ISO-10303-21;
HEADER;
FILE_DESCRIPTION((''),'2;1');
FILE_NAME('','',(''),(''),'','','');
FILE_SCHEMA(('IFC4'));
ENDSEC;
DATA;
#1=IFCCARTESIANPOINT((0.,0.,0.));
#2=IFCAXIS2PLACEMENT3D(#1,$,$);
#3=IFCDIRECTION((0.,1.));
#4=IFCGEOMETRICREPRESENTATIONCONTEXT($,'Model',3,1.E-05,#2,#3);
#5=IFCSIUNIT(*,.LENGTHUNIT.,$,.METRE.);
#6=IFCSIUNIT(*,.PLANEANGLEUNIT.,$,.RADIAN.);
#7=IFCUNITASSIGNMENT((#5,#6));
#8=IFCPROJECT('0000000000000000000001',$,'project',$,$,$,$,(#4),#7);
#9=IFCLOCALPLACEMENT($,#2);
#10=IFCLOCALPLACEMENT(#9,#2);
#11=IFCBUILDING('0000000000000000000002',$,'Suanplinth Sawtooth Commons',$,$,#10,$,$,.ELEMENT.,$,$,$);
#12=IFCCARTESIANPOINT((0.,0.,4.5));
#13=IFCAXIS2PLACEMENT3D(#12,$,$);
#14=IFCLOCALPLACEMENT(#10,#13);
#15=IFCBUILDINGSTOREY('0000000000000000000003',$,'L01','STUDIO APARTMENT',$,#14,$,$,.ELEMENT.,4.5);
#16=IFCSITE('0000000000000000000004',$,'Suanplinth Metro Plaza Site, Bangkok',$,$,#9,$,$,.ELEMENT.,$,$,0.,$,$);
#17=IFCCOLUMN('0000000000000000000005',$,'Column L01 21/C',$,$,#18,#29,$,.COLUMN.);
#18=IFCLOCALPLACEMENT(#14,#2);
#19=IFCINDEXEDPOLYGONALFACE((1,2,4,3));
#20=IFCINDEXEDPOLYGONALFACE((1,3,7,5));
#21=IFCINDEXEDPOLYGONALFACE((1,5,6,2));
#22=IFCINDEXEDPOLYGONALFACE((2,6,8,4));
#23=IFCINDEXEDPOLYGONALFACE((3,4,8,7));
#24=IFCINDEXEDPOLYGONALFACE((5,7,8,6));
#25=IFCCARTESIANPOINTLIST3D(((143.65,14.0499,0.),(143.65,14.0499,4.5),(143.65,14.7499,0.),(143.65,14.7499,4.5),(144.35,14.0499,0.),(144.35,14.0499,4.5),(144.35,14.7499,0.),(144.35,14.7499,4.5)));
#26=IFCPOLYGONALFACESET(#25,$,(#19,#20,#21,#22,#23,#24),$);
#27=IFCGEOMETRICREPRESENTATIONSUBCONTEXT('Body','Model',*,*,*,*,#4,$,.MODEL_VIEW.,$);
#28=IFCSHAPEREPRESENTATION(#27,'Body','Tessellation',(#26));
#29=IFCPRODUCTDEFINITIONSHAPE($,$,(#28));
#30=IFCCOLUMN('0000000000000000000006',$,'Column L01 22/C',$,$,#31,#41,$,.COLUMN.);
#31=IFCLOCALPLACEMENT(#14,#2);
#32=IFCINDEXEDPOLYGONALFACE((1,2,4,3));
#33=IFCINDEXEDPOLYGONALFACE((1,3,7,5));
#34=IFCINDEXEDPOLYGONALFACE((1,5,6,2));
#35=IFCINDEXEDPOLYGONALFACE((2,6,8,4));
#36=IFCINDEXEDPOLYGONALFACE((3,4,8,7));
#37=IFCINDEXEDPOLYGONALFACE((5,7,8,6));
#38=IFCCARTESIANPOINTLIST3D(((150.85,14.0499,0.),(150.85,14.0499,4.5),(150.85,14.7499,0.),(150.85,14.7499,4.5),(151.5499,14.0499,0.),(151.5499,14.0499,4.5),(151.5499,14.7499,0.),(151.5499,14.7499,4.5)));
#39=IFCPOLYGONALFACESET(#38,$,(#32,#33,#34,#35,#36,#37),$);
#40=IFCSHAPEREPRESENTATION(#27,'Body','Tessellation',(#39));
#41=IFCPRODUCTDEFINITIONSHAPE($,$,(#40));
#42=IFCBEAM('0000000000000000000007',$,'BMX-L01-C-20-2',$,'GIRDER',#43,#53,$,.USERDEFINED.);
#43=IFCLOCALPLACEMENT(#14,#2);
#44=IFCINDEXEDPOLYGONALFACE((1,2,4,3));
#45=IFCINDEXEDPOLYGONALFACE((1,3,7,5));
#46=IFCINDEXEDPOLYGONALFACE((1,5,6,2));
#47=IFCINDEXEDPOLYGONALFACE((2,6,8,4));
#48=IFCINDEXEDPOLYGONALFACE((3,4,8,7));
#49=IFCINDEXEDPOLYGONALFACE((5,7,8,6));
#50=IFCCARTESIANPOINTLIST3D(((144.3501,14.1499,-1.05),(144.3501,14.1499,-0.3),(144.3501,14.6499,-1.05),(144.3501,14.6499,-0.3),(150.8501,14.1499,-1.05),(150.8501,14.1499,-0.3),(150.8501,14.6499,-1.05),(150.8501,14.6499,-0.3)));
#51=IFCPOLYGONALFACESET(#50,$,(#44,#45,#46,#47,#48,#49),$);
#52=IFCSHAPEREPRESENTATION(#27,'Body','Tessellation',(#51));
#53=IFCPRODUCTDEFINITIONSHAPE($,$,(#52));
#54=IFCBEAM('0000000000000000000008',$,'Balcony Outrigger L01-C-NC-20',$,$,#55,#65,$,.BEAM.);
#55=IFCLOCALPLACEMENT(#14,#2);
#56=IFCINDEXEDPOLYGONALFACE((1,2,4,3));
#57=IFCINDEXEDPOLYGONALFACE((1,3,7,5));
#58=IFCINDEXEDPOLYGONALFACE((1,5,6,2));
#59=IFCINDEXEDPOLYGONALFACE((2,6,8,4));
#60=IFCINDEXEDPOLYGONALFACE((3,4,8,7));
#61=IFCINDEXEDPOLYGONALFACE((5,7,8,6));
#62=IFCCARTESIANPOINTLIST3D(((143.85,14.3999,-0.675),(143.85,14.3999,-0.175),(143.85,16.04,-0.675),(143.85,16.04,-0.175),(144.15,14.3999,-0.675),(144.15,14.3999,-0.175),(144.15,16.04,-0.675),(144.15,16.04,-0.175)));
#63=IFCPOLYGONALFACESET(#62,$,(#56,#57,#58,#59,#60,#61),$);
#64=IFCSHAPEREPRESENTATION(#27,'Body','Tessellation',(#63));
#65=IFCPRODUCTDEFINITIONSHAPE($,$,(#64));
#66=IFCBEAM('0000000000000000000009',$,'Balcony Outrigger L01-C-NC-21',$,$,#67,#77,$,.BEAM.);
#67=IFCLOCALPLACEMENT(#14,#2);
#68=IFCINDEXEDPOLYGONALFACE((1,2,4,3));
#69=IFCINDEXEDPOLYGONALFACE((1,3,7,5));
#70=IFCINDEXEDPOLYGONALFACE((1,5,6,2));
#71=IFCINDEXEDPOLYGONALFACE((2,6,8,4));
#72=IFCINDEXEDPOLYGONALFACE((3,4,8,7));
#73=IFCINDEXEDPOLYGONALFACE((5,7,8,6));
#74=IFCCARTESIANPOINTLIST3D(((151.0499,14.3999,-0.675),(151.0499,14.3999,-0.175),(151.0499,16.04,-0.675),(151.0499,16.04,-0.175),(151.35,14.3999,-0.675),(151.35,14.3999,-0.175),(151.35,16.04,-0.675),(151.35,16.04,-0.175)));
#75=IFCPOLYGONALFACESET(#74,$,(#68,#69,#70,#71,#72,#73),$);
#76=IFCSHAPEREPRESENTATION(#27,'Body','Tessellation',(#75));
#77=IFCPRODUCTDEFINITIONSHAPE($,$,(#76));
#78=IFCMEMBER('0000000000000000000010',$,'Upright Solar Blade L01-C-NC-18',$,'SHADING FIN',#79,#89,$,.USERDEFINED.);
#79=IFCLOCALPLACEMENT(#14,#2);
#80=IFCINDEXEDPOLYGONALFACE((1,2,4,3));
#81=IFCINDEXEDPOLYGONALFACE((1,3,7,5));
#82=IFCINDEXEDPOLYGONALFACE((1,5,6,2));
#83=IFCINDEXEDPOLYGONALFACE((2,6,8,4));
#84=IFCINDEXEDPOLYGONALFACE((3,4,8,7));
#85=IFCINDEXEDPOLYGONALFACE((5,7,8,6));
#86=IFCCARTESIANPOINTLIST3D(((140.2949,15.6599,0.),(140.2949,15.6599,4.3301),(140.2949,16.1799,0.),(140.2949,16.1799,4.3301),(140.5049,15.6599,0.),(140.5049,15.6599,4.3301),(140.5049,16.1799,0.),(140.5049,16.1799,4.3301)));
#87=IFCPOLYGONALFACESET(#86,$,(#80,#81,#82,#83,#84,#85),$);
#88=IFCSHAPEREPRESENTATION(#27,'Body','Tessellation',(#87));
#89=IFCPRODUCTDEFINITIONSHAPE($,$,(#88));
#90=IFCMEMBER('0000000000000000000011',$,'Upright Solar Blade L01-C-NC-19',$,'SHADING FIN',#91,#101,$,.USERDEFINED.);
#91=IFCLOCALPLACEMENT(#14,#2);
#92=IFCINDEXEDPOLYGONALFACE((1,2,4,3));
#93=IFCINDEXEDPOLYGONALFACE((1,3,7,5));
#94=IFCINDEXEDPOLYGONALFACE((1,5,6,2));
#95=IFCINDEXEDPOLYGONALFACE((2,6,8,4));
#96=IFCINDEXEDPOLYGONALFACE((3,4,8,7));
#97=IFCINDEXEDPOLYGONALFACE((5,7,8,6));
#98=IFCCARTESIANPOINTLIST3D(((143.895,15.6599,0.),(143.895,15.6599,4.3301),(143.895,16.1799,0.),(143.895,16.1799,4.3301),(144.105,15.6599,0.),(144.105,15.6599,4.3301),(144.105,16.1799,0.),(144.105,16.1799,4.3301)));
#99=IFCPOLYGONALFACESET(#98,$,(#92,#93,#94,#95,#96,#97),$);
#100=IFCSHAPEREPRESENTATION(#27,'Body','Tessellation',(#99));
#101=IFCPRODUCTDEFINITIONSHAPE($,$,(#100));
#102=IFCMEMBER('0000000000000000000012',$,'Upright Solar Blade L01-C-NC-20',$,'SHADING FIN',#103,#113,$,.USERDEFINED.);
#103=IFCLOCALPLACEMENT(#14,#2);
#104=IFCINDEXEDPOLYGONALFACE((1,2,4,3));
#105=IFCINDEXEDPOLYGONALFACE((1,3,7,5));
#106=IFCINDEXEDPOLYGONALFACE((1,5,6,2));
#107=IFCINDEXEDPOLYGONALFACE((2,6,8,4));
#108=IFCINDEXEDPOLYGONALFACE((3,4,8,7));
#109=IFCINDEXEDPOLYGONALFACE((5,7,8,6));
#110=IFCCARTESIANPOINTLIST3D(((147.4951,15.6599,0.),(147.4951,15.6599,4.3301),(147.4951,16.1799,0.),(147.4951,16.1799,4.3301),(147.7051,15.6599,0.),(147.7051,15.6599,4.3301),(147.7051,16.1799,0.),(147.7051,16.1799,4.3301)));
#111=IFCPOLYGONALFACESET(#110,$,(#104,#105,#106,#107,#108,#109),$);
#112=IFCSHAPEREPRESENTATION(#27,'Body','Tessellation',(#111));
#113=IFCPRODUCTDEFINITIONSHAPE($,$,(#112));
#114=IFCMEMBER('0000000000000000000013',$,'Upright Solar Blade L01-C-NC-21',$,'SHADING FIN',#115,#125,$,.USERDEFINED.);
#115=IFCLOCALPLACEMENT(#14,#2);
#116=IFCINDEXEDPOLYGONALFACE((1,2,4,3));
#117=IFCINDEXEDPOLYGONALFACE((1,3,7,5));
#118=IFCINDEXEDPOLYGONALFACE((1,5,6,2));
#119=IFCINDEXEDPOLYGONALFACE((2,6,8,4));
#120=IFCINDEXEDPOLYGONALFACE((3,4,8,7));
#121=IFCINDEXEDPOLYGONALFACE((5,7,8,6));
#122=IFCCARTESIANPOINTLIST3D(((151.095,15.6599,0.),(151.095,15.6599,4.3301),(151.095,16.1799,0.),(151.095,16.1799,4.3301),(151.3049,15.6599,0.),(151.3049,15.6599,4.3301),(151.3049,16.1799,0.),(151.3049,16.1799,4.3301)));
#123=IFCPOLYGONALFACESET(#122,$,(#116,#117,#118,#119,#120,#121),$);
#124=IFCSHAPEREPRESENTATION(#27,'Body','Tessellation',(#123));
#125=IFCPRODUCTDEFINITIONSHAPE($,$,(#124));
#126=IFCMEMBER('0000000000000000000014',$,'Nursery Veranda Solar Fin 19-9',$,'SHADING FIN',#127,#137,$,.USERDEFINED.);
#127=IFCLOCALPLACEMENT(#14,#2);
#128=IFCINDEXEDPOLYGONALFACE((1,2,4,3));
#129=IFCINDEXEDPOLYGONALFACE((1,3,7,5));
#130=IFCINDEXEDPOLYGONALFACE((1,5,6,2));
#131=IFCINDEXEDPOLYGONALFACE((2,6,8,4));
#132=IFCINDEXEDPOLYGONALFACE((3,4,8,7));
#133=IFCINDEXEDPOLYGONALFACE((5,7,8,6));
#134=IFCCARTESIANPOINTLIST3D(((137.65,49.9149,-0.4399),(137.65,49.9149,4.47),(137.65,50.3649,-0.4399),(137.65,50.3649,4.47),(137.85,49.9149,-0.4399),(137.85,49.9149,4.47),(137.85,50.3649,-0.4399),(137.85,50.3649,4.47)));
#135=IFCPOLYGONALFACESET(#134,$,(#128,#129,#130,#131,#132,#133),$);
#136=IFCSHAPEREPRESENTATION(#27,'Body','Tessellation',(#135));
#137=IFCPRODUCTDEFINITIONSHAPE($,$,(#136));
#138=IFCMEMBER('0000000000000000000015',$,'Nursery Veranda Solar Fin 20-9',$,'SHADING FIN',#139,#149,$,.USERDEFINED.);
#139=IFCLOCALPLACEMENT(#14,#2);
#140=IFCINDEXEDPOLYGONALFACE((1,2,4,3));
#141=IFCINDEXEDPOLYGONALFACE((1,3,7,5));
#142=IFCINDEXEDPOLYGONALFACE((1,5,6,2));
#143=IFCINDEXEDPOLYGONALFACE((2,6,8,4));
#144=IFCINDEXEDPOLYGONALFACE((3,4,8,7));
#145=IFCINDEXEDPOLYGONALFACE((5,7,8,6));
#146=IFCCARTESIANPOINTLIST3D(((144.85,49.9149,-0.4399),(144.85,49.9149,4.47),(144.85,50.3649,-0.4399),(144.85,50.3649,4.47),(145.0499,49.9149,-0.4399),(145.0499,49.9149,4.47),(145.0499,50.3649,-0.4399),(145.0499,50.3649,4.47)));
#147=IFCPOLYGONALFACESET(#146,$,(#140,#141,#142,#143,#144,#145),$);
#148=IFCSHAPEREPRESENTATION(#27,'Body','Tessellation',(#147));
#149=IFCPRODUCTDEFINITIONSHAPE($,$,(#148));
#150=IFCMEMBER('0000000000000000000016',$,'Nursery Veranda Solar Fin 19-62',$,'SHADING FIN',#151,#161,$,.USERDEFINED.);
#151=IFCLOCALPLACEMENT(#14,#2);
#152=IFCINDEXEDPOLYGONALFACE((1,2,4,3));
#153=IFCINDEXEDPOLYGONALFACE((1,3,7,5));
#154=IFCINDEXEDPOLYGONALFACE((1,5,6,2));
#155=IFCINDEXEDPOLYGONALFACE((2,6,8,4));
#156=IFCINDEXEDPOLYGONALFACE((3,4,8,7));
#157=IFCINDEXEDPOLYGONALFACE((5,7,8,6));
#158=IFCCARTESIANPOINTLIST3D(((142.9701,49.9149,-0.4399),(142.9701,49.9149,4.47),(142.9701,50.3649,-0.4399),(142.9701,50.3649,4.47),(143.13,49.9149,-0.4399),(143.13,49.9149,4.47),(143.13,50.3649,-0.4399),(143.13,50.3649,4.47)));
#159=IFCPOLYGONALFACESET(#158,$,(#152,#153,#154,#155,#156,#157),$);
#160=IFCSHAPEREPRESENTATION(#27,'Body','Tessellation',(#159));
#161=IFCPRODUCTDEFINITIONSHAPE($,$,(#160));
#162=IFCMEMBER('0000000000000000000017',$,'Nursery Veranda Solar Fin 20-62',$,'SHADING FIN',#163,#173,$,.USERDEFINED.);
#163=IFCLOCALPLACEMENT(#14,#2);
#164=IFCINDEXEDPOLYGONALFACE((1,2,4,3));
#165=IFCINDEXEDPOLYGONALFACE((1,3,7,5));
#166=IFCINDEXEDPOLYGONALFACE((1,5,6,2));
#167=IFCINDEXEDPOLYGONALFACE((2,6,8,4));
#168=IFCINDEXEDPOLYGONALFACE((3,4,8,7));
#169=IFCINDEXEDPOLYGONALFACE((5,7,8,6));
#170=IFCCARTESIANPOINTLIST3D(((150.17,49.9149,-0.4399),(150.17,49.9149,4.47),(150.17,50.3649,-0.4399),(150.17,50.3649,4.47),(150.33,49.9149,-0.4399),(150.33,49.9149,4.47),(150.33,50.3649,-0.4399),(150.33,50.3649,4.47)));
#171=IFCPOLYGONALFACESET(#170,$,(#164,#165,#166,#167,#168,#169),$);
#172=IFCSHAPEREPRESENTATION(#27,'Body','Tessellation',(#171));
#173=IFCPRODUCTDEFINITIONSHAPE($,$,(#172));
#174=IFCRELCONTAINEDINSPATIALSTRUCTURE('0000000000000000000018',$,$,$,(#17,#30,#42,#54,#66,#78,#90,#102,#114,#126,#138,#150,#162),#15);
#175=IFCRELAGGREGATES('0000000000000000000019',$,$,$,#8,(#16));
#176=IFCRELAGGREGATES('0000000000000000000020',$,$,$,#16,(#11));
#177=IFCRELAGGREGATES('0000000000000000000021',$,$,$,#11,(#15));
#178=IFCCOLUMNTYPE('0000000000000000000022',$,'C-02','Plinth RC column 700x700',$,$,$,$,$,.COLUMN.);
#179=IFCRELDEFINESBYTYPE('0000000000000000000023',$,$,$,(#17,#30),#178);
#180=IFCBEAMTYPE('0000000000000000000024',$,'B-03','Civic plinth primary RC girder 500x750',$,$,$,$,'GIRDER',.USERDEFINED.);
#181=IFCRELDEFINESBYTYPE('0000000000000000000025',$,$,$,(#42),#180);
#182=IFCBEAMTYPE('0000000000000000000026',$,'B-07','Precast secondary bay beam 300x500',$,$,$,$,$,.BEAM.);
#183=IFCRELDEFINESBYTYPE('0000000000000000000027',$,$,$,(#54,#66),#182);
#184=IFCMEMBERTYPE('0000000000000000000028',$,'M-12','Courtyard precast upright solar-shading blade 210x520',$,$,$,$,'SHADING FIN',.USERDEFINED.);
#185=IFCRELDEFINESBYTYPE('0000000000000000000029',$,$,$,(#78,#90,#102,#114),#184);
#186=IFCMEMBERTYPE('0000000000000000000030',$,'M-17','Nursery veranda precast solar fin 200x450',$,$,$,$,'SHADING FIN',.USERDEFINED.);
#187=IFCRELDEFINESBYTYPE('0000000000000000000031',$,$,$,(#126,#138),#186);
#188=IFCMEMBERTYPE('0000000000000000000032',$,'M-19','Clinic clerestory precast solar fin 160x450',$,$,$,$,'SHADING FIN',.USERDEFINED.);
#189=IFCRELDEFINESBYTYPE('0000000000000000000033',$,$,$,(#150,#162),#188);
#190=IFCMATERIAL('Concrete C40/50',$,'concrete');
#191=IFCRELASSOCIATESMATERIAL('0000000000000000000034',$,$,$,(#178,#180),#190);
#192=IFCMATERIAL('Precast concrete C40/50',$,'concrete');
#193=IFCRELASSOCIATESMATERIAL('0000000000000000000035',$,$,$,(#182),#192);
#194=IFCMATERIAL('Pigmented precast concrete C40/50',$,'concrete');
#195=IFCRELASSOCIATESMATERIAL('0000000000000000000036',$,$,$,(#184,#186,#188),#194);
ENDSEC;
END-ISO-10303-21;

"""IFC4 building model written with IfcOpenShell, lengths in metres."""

from ifc_helpers import new_model, si_unit, direction, frame, origin, origin_2d, place, context, subcontext, project, spatial, rectangle, extrude, material, material_profile, profile_set, type_object, element, save


model = new_model("IFC4")

# Units and contexts
model_context = context("Model", 3, precision=1e-05, world=origin(), true_north=direction((0.0, 1.0)))
body_context = subcontext(model_context, "Body", "Model", "MODEL_VIEW")
ifc_project = project(units=[si_unit("LENGTHUNIT", "METRE"), si_unit("PLANEANGLEUNIT", "RADIAN")], contexts=[model_context])

# Site, building, storey
site_placement = place(None, origin())
site = spatial("IfcSite", under=ifc_project, at=site_placement, Name="Suanplinth Metro Plaza Site, Bangkok", CompositionType="ELEMENT", RefElevation=0.0)
building_placement = place(site_placement, origin())
building = spatial("IfcBuilding", under=site, at=building_placement, Name="Suanplinth Sawtooth Commons", CompositionType="ELEMENT")
storey_placement = place(building_placement, frame((0.0, 0.0, 4.5)))
storey = spatial("IfcBuildingStorey", under=building, at=storey_placement, Name="L01", Description="STUDIO APARTMENT", CompositionType="ELEMENT", Elevation=4.5)

# Columns
ifc_material_1 = material(Name="Concrete C40/50", Category="concrete")
ifc_material_profile_1 = material_profile(ifc_material_1, rectangle(XDim=0.7, YDim=0.7, at=origin_2d()), Name="RC-COL 700x700")
ifc_profile_set_1 = profile_set([ifc_material_profile_1], Name="Concrete C40/50")
column_type = type_object("IfcColumnType", Name="C-02", Description="Plinth RC column 700x700", PredefinedType="COLUMN", material=ifc_profile_set_1)
for number, where, z_axis, x_axis, name in (
    (1, (144.0, 14.3999, 0.0), (0.0, 0.0, 1.0), (1.0, 0.0, 0.0), "Column L01 21/C"),
    (2, (151.2, 14.3999, 0.0), (0.0, 0.0, 1.0), (1.0, 0.0, 0.0), "Column L01 22/C"),
):
    element("IfcColumn", number, at=place(storey_placement, frame(where, z_axis=z_axis, x_axis=x_axis)), inside=storey, type_object=column_type, Name=name, PredefinedType="COLUMN", context=body_context, shape_type="SweptSolid", body=[
        extrude(rectangle(XDim=0.7, YDim=0.7, at=origin_2d()), origin(), (0.0, 0.0, 1.0), 4.5),
    ])

# Beams
ifc_material_profile_2 = material_profile(ifc_material_1, rectangle(XDim=0.5, YDim=0.75, at=origin_2d()), Name="RC-GDR 500x750")
ifc_profile_set_2 = profile_set([ifc_material_profile_2], Name="Concrete C40/50")
beam_type_1 = type_object("IfcBeamType", Name="B-03", Description="Civic plinth primary RC girder 500x750", ElementType="GIRDER", PredefinedType="USERDEFINED", material=ifc_profile_set_2)
beam_placement = place(storey_placement, frame((144.3501, 14.3999, -0.675), z_axis=(1.0, 0.0, 0.0), x_axis=(0.0, 1.0, 0.0)))
element("IfcBeam", 3, at=beam_placement, inside=storey, type_object=beam_type_1, Name="BMX-L01-C-20-2", ObjectType="GIRDER", PredefinedType="USERDEFINED", context=body_context, shape_type="SweptSolid", body=[
    extrude(rectangle(XDim=0.5, YDim=0.75, at=origin_2d()), origin(), (0.0, 0.0, 1.0), 6.5),
])
ifc_material_2 = material(Name="Precast concrete C40/50", Category="concrete")
ifc_material_profile_3 = material_profile(ifc_material_2, rectangle(XDim=0.3, YDim=0.5, at=origin_2d()), Name="PC-BM 300x500")
ifc_profile_set_3 = profile_set([ifc_material_profile_3], Name="Precast concrete C40/50")
beam_type_2 = type_object("IfcBeamType", Name="B-07", Description="Precast secondary bay beam 300x500", PredefinedType="BEAM", material=ifc_profile_set_3)
for number, where, z_axis, x_axis, name in (
    (4, (144.0, 14.3999, -0.425), (0.0, 1.0, 0.0), (-1.0, 0.0, 0.0), "Balcony Outrigger L01-C-NC-20"),
    (5, (151.2, 14.3999, -0.425), (0.0, 1.0, 0.0), (-1.0, 0.0, 0.0), "Balcony Outrigger L01-C-NC-21"),
):
    element("IfcBeam", number, at=place(storey_placement, frame(where, z_axis=z_axis, x_axis=x_axis)), inside=storey, type_object=beam_type_2, Name=name, PredefinedType="BEAM", context=body_context, shape_type="SweptSolid", body=[
        extrude(rectangle(XDim=0.3, YDim=0.5, at=origin_2d()), origin(), (0.0, 0.0, 1.0), 1.6401),
    ])

# Members
ifc_material_3 = material(Name="Pigmented precast concrete C40/50", Category="concrete")
ifc_material_profile_4 = material_profile(ifc_material_3, rectangle(XDim=0.21, YDim=0.52, at=origin_2d()), Name="PC-FIN 210x520")
ifc_profile_set_4 = profile_set([ifc_material_profile_4], Name="Pigmented precast concrete C40/50")
member_type_1 = type_object("IfcMemberType", Name="M-12", Description="Courtyard precast upright solar-shading blade 210x520", ElementType="SHADING FIN", PredefinedType="USERDEFINED", material=ifc_profile_set_4)
for number, where, z_axis, x_axis, name in (
    (6, (140.3999, 15.9199, 0.0), (0.0, 0.0, 1.0), (1.0, 0.0, 0.0), "Upright Solar Blade L01-C-NC-18"),
    (7, (144.0, 15.9199, 0.0), (0.0, 0.0, 1.0), (1.0, 0.0, 0.0), "Upright Solar Blade L01-C-NC-19"),
    (8, (147.6001, 15.9199, 0.0), (0.0, 0.0, 1.0), (1.0, 0.0, 0.0), "Upright Solar Blade L01-C-NC-20"),
    (9, (151.2, 15.9199, 0.0), (0.0, 0.0, 1.0), (1.0, 0.0, 0.0), "Upright Solar Blade L01-C-NC-21"),
):
    element("IfcMember", number, at=place(storey_placement, frame(where, z_axis=z_axis, x_axis=x_axis)), inside=storey, type_object=member_type_1, Name=name, ObjectType="SHADING FIN", PredefinedType="USERDEFINED", context=body_context, shape_type="SweptSolid", body=[
        extrude(rectangle(XDim=0.21, YDim=0.52, at=origin_2d()), origin(), (0.0, 0.0, 1.0), 4.3301),
    ])
ifc_material_profile_5 = material_profile(ifc_material_3, rectangle(XDim=0.2, YDim=0.45, at=origin_2d()), Name="PC-FIN 200x450")
ifc_profile_set_5 = profile_set([ifc_material_profile_5], Name="Pigmented precast concrete C40/50")
member_type_2 = type_object("IfcMemberType", Name="M-17", Description="Nursery veranda precast solar fin 200x450", ElementType="SHADING FIN", PredefinedType="USERDEFINED", material=ifc_profile_set_5)
for number, where, z_axis, x_axis, name in (
    (10, (137.75, 50.1399, -0.4399), (0.0, 0.0, 1.0), (1.0, 0.0, 0.0), "Nursery Veranda Solar Fin 19-9"),
    (11, (144.95, 50.1399, -0.4399), (0.0, 0.0, 1.0), (1.0, 0.0, 0.0), "Nursery Veranda Solar Fin 20-9"),
):
    element("IfcMember", number, at=place(storey_placement, frame(where, z_axis=z_axis, x_axis=x_axis)), inside=storey, type_object=member_type_2, Name=name, ObjectType="SHADING FIN", PredefinedType="USERDEFINED", context=body_context, shape_type="SweptSolid", body=[
        extrude(rectangle(XDim=0.2, YDim=0.45, at=origin_2d()), origin(), (0.0, 0.0, 1.0), 4.9099),
    ])
ifc_material_profile_6 = material_profile(ifc_material_3, rectangle(XDim=0.1599, YDim=0.45, at=origin_2d()), Name="PC-FIN 160x450")
ifc_profile_set_6 = profile_set([ifc_material_profile_6], Name="Pigmented precast concrete C40/50")
member_type_3 = type_object("IfcMemberType", Name="M-19", Description="Clinic clerestory precast solar fin 160x450", ElementType="SHADING FIN", PredefinedType="USERDEFINED", material=ifc_profile_set_6)
for number, where, z_axis, x_axis, name in (
    (12, (143.05, 50.1399, -0.4399), (0.0, 0.0, 1.0), (1.0, 0.0, 0.0), "Nursery Veranda Solar Fin 19-62"),
    (13, (150.25, 50.1399, -0.4399), (0.0, 0.0, 1.0), (1.0, 0.0, 0.0), "Nursery Veranda Solar Fin 20-62"),
):
    element("IfcMember", number, at=place(storey_placement, frame(where, z_axis=z_axis, x_axis=x_axis)), inside=storey, type_object=member_type_3, Name=name, ObjectType="SHADING FIN", PredefinedType="USERDEFINED", context=body_context, shape_type="SweptSolid", body=[
        extrude(rectangle(XDim=0.1599, YDim=0.45, at=origin_2d()), origin(), (0.0, 0.0, 1.0), 4.9099),
    ])

save(model, "model.ifc")
